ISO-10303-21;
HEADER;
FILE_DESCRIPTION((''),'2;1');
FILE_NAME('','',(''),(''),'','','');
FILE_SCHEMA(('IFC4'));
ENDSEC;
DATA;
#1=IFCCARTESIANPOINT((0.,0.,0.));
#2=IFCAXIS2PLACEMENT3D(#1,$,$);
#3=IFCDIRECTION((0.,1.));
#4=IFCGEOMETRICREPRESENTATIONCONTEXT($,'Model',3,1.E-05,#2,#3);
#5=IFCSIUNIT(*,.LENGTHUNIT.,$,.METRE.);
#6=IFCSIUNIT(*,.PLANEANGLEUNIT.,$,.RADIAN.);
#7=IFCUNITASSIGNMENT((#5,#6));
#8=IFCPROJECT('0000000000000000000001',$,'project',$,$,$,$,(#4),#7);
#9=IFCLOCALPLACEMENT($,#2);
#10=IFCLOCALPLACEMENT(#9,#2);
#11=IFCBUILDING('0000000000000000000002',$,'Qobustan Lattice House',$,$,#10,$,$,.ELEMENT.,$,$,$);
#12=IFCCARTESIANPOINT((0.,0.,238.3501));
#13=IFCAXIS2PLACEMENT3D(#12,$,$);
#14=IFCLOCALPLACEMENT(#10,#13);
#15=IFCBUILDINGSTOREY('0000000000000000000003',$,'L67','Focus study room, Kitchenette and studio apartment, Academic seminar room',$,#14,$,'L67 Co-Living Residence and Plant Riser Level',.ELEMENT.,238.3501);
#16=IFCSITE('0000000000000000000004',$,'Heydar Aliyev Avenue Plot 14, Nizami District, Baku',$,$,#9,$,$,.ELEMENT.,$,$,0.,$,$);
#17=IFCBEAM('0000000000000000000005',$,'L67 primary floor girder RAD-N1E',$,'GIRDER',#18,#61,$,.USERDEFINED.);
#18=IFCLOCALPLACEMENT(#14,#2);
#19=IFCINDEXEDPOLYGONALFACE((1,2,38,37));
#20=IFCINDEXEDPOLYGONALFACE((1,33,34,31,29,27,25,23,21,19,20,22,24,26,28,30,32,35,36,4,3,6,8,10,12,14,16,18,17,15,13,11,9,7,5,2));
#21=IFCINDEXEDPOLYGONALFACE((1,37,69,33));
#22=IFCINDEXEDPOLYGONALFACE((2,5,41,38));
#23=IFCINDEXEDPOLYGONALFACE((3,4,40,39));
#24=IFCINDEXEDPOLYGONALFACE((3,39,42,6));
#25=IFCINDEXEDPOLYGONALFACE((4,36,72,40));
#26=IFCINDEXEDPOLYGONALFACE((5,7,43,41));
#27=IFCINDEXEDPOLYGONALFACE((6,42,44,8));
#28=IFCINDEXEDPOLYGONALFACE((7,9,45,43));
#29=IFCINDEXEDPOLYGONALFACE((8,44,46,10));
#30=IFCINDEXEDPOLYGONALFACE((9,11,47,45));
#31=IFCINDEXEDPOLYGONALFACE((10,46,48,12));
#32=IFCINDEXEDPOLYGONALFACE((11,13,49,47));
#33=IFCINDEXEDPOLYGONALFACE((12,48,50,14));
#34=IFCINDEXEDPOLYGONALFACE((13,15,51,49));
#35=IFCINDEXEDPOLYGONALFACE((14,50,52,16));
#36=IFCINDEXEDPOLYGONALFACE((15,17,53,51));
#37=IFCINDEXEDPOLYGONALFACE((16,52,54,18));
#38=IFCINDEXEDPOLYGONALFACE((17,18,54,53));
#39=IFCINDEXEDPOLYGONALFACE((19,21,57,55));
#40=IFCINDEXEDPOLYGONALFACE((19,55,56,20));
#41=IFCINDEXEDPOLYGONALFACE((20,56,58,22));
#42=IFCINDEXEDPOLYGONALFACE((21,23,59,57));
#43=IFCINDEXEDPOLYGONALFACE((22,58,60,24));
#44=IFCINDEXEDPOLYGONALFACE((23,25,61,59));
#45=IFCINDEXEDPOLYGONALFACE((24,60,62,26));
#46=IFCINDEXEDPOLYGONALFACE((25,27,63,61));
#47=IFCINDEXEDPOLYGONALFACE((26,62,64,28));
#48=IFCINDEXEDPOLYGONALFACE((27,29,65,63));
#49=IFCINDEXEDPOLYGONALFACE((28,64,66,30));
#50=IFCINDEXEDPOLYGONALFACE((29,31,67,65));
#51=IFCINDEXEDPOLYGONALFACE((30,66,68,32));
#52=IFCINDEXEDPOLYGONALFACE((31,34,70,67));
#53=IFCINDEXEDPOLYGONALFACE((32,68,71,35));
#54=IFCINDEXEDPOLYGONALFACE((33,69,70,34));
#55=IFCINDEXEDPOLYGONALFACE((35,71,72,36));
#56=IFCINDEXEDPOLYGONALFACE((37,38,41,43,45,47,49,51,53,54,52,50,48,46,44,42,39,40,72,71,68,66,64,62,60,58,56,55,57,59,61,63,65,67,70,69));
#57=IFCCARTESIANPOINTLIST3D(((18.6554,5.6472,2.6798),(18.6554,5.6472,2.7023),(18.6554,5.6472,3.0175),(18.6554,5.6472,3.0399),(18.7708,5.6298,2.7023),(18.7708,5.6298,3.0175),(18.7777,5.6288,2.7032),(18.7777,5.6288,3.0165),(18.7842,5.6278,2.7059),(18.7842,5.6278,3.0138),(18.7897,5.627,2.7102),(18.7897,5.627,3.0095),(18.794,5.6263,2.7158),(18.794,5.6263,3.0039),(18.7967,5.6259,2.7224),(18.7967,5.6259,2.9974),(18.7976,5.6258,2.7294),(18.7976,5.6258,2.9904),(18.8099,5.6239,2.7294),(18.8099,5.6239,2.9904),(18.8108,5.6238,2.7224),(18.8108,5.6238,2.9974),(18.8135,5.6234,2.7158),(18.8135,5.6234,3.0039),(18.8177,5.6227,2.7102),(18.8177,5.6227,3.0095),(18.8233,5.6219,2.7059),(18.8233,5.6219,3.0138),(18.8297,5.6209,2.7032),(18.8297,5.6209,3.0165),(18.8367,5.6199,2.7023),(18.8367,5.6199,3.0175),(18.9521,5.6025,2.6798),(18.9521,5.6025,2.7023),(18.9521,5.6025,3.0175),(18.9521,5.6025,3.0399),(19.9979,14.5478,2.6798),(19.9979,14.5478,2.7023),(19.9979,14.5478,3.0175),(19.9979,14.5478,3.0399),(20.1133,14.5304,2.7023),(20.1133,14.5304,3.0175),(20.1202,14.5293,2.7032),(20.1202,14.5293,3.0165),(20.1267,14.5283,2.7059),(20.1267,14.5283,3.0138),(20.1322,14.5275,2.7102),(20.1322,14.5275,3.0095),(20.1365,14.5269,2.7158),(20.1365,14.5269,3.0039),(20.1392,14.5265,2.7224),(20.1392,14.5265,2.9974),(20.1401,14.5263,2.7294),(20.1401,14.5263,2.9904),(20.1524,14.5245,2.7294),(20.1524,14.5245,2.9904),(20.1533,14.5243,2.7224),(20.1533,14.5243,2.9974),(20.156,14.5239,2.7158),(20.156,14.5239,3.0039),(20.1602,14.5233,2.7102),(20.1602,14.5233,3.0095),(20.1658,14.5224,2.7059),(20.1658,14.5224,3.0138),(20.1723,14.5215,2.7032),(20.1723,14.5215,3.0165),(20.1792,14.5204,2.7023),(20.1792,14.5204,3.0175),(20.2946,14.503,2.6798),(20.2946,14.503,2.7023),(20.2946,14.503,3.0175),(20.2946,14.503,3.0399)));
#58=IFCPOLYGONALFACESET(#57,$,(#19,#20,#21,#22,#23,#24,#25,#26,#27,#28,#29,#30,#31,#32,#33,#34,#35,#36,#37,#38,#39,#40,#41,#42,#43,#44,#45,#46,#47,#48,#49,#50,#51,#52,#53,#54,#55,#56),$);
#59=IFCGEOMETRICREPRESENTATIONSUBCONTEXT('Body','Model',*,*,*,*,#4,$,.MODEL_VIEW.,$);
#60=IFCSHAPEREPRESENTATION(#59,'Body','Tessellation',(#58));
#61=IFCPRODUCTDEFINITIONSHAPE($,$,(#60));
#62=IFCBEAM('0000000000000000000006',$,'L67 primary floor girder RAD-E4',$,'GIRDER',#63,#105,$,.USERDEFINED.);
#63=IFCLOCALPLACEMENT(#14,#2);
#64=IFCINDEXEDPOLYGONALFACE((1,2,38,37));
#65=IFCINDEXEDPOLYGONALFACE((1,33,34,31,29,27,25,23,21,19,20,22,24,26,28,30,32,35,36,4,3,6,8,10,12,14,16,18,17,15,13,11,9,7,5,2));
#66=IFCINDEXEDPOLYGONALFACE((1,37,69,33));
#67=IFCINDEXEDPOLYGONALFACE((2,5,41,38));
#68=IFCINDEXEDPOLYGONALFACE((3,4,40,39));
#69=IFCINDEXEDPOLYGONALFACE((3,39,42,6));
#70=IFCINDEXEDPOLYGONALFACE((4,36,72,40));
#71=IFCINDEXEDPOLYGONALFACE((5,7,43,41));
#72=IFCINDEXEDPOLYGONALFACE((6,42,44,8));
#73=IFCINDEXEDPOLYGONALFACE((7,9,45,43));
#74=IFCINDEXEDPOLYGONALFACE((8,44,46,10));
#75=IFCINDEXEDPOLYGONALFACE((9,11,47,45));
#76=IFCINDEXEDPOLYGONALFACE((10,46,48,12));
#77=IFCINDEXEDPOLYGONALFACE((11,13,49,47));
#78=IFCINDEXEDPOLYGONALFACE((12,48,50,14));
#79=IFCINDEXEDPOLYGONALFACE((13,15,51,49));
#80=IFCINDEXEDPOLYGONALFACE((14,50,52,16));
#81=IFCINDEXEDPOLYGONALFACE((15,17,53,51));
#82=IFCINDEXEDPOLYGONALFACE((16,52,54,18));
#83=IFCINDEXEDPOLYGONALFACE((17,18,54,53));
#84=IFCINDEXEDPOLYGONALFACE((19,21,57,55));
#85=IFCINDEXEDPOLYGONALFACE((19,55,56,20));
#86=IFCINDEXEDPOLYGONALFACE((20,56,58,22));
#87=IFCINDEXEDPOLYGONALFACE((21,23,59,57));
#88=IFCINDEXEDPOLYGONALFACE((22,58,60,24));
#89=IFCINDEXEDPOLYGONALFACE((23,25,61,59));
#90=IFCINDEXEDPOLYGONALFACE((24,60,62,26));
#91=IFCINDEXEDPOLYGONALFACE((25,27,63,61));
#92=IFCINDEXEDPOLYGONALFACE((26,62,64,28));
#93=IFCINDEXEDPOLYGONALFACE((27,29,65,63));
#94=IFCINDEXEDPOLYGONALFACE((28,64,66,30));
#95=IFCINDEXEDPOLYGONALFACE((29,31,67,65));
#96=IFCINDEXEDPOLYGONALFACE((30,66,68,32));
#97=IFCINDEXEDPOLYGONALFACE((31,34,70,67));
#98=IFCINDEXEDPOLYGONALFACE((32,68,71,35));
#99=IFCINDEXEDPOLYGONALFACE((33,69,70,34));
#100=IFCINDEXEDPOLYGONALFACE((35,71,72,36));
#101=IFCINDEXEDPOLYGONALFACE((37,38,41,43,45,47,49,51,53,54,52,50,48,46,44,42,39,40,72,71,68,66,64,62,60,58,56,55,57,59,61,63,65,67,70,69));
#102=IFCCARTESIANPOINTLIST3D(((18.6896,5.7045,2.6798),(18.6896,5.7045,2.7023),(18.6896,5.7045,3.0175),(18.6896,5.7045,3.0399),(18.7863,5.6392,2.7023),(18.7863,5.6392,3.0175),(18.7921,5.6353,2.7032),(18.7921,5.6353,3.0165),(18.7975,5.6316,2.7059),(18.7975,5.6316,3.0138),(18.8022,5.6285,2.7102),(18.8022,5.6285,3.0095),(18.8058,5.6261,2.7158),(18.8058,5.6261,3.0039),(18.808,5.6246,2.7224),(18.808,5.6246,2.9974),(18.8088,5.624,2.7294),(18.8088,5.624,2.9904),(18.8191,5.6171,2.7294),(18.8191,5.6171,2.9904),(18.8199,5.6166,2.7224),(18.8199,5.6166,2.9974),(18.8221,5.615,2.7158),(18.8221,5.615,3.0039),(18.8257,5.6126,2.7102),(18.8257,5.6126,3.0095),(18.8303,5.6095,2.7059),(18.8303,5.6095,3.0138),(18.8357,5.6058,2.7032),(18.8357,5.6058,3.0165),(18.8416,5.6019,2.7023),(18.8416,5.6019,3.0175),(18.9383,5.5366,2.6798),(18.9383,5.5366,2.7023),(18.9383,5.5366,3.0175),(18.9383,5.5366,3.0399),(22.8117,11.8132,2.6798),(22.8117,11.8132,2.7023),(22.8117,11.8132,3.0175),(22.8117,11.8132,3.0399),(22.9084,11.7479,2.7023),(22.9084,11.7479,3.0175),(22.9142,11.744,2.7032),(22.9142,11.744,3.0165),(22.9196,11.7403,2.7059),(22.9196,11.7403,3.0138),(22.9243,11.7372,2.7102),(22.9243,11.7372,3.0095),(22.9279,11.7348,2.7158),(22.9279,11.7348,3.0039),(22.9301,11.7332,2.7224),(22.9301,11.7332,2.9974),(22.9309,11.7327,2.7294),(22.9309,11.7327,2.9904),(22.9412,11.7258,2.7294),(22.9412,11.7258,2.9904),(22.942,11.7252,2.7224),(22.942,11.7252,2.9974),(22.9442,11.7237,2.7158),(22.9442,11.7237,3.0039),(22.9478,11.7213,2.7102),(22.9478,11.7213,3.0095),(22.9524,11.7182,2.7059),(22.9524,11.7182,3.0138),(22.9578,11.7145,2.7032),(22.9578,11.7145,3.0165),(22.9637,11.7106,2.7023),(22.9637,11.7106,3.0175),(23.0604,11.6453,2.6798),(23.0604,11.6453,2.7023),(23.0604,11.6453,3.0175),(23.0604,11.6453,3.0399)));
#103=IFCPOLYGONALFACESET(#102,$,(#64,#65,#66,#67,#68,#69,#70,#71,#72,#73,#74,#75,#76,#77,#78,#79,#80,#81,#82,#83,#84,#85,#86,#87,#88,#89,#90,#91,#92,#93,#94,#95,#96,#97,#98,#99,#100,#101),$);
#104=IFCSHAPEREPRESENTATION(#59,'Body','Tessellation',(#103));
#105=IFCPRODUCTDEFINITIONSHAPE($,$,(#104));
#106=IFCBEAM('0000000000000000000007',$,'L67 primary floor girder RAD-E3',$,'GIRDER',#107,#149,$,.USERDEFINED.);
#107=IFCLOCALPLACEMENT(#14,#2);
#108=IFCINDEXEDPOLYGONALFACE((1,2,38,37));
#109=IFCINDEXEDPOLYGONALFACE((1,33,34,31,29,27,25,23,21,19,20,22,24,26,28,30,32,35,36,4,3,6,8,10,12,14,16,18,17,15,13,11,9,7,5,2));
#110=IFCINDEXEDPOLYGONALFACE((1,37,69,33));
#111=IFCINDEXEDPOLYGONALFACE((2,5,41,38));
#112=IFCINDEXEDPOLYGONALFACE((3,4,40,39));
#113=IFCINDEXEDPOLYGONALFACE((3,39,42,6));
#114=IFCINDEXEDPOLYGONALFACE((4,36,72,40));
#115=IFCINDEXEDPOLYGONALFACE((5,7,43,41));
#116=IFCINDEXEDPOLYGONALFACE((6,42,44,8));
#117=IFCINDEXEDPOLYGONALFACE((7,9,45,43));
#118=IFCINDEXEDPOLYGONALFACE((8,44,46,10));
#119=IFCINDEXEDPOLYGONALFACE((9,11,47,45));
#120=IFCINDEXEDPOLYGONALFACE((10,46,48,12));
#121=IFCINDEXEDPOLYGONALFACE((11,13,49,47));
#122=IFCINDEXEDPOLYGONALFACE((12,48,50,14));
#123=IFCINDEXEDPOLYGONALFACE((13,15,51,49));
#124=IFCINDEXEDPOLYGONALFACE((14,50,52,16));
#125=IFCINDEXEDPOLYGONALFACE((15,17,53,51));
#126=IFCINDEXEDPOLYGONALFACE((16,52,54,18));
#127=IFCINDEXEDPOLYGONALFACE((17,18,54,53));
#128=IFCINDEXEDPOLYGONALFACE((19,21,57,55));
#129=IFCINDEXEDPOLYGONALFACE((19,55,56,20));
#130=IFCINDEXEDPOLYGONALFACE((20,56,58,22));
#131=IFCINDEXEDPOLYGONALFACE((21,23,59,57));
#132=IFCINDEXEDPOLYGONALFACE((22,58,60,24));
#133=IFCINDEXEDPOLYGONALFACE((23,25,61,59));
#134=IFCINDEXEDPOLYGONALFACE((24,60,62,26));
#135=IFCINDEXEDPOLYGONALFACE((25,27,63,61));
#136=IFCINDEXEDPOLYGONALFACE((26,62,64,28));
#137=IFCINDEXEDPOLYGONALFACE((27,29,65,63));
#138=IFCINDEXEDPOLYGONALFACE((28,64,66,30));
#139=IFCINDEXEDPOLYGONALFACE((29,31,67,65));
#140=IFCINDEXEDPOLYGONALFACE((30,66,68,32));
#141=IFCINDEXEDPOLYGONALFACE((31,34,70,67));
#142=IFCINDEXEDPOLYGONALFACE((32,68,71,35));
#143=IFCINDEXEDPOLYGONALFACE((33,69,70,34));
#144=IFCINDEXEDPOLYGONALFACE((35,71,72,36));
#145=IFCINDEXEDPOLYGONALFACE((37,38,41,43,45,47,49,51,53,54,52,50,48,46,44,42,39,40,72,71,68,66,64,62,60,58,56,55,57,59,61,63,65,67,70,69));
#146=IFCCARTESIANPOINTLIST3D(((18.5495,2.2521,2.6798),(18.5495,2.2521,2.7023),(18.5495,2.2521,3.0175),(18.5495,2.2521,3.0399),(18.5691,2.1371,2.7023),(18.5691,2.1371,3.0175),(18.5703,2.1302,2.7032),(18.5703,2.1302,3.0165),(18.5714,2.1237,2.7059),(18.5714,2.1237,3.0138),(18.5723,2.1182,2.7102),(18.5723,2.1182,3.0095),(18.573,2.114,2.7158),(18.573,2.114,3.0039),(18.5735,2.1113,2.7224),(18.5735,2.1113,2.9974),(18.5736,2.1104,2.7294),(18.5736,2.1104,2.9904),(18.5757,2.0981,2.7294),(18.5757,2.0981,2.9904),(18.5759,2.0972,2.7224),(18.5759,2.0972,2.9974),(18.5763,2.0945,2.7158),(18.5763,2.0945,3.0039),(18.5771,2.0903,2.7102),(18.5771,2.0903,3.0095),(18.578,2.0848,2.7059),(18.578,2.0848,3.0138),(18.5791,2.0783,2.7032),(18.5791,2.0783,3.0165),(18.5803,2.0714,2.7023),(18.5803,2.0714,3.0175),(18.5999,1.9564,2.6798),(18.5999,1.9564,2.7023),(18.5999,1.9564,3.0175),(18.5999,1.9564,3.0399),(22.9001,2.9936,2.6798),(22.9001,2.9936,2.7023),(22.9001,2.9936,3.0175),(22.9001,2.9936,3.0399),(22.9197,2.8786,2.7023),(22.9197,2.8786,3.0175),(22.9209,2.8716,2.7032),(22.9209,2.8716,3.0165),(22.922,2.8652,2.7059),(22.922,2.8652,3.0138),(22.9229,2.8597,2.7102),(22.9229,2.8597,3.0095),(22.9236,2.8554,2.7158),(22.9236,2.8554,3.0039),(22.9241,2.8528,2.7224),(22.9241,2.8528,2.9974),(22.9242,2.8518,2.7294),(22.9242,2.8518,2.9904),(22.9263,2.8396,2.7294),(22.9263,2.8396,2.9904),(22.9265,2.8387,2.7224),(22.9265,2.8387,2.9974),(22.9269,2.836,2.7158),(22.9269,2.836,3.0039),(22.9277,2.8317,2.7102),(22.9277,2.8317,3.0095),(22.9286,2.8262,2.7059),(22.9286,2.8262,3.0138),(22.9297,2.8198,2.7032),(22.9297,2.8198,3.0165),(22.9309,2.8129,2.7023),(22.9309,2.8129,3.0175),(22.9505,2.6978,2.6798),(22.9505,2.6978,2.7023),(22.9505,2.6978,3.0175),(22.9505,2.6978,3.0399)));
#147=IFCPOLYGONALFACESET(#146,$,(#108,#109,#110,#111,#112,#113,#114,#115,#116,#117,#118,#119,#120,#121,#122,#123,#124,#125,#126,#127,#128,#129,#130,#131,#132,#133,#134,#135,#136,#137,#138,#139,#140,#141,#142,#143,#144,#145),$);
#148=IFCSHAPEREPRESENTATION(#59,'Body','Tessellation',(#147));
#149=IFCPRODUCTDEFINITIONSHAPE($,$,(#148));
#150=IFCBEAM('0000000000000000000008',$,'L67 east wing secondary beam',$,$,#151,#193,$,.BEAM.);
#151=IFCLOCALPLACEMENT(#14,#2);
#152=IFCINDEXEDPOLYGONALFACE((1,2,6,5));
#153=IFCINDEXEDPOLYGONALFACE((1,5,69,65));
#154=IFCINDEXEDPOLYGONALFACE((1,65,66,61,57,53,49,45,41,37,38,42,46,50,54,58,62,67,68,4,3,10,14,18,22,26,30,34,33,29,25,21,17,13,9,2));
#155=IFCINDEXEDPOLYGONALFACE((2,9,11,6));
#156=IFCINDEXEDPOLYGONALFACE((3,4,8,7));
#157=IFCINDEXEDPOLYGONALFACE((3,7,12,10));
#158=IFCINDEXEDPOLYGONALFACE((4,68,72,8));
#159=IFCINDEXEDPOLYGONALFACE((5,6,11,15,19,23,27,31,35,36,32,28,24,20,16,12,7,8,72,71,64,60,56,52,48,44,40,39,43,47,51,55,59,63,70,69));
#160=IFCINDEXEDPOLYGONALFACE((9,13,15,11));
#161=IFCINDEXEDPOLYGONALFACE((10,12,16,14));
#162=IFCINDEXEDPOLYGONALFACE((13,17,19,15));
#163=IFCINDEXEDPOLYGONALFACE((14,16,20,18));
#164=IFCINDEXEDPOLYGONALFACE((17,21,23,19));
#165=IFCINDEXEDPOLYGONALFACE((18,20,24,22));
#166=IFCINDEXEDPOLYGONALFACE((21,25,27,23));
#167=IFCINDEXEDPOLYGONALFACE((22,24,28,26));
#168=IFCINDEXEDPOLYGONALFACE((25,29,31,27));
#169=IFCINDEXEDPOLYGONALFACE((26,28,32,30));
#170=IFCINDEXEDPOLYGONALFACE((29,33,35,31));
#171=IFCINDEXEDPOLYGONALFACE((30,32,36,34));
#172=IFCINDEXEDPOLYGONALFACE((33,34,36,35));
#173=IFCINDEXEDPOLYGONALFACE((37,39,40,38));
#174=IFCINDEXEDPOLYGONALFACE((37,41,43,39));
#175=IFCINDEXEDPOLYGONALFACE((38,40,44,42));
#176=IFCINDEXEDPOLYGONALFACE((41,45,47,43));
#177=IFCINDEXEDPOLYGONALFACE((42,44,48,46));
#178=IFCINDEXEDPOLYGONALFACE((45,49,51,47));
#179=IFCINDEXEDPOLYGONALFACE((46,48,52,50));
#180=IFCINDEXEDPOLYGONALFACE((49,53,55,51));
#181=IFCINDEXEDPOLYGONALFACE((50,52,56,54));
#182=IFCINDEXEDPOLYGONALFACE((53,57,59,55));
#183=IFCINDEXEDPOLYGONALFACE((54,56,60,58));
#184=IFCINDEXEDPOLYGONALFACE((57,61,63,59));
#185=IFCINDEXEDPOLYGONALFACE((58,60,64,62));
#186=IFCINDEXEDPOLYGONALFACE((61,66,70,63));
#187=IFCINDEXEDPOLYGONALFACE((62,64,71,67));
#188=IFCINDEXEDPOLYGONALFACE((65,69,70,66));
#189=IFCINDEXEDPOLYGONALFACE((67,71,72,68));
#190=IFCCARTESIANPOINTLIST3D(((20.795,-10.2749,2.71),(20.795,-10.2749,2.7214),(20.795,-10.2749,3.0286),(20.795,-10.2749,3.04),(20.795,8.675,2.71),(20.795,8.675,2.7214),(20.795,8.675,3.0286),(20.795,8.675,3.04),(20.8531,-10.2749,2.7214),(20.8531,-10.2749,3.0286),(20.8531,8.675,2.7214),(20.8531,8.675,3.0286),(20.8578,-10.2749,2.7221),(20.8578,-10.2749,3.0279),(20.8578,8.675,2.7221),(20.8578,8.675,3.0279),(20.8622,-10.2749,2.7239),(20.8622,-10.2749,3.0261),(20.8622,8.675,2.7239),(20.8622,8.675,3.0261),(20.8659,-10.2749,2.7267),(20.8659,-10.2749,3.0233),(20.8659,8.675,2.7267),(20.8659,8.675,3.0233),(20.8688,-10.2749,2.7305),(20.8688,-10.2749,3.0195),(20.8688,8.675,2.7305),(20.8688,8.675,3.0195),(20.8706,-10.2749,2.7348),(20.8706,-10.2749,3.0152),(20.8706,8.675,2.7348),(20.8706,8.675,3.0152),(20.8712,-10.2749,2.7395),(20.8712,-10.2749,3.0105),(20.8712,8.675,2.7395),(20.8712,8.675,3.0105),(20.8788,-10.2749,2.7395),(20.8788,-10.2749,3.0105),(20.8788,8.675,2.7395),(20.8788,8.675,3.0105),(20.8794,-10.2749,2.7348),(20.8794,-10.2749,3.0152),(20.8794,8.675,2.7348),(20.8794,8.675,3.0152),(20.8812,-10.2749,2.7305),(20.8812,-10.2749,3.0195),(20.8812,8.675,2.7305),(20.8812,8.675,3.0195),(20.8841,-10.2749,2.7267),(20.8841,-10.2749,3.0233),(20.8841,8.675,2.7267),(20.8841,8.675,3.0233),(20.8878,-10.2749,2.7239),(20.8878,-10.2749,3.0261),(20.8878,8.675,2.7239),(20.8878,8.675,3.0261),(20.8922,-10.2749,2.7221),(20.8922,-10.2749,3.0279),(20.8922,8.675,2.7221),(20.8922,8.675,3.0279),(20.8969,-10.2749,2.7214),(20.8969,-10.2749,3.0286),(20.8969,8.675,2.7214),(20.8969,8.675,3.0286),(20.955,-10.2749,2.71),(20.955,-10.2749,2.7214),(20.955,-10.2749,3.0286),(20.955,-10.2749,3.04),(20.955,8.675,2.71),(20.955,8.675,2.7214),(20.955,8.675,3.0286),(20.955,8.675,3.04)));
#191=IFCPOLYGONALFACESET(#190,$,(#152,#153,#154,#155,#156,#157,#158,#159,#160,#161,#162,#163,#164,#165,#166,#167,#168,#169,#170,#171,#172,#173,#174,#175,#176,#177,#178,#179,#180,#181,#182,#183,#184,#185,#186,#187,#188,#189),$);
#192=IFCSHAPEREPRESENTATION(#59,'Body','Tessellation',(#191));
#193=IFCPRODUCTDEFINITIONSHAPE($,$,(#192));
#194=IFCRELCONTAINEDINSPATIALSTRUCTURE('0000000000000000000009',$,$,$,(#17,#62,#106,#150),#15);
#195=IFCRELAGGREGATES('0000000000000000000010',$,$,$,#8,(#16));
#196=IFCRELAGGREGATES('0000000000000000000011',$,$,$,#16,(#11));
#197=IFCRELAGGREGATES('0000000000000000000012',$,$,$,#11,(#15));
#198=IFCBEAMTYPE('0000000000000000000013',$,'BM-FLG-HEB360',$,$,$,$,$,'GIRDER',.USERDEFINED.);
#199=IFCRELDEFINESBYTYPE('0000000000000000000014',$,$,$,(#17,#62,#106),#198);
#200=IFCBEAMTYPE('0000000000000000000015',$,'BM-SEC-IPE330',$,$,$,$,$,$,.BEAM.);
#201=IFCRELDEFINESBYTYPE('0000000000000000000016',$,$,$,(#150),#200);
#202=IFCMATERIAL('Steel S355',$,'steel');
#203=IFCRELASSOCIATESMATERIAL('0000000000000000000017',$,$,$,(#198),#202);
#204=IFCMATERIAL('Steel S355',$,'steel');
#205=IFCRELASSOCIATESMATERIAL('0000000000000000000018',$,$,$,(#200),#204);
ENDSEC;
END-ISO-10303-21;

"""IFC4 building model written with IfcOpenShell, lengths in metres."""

from ifc_helpers import new_model, si_unit, direction, frame, origin, origin_2d, place, context, subcontext, project, spatial, i_section, extrude, material, material_profile, profile_set, type_object, element, save


model = new_model("IFC4")

# Units and contexts
model_context = context("Model", 3, precision=1e-05, world=origin(), true_north=direction((0.0, 1.0)))
body_context = subcontext(model_context, "Body", "Model", "MODEL_VIEW")
ifc_project = project(units=[si_unit("LENGTHUNIT", "METRE"), si_unit("PLANEANGLEUNIT", "RADIAN")], contexts=[model_context])

# Site, building, storey
site_placement = place(None, origin())
site = spatial("IfcSite", under=ifc_project, at=site_placement, Name="Heydar Aliyev Avenue Plot 14, Nizami District, Baku", CompositionType="ELEMENT", RefElevation=0.0)
building_placement = place(site_placement, origin())
building = spatial("IfcBuilding", under=site, at=building_placement, Name="Qobustan Lattice House", CompositionType="ELEMENT")
storey_placement = place(building_placement, frame((0.0, 0.0, 238.3501)))
storey = spatial("IfcBuildingStorey", under=building, at=storey_placement, Name="L67", Description="Focus study room, Kitchenette and studio apartment, Academic seminar room", LongName="L67 Co-Living Residence and Plant Riser Level", CompositionType="ELEMENT", Elevation=238.3501)

# Beams
ifc_material_1 = material(Name="Steel S355", Category="steel")
ifc_material_profile_1 = material_profile(ifc_material_1, i_section(OverallWidth=0.3, OverallDepth=0.3601, WebThickness=0.0125, FlangeThickness=0.0225, FilletRadius=0.0271, at=origin_2d()), Name="HEB360")
ifc_profile_set_1 = profile_set([ifc_material_profile_1], Name="Steel S355")
beam_type_1 = type_object("IfcBeamType", Name="BM-FLG-HEB360", ElementType="GIRDER", PredefinedType="USERDEFINED", material=ifc_profile_set_1)
beam_1_placement = place(storey_placement, frame((20.1462, 14.5254, 2.8599), z_axis=(-0.149148, -0.988815, 0.0), x_axis=(0.988815, -0.149148, 0.0)))
element("IfcBeam", 1, at=beam_1_placement, inside=storey, type_object=beam_type_1, Name="L67 primary floor girder RAD-N1E", ObjectType="GIRDER", PredefinedType="USERDEFINED", context=body_context, shape_type="SweptSolid", body=[
    extrude(i_section(OverallWidth=0.3, OverallDepth=0.3601, WebThickness=0.0125, FlangeThickness=0.0225, FilletRadius=0.0271, at=origin_2d()), origin(), (0.0, 0.0, 1.0), 9.0012),
])
beam_2_placement = place(storey_placement, frame((22.936, 11.7292, 2.8599), z_axis=(-0.559355, -0.828928, 0.0), x_axis=(0.828928, -0.559355, 0.0)))
element("IfcBeam", 2, at=beam_2_placement, inside=storey, type_object=beam_type_1, Name="L67 primary floor girder RAD-E4", ObjectType="GIRDER", PredefinedType="USERDEFINED", context=body_context, shape_type="SweptSolid", body=[
    extrude(i_section(OverallWidth=0.3, OverallDepth=0.3601, WebThickness=0.0125, FlangeThickness=0.0225, FilletRadius=0.0271, at=origin_2d()), origin(), (0.0, 0.0, 1.0), 7.3694),
])
beam_3_placement = place(storey_placement, frame((22.9253, 2.8457, 2.8599), z_axis=(-0.985786, -0.168004, 0.0), x_axis=(0.168004, -0.985786, 0.0)))
element("IfcBeam", 3, at=beam_3_placement, inside=storey, type_object=beam_type_1, Name="L67 primary floor girder RAD-E3", ObjectType="GIRDER", PredefinedType="USERDEFINED", context=body_context, shape_type="SweptSolid", body=[
    extrude(i_section(OverallWidth=0.3, OverallDepth=0.3601, WebThickness=0.0125, FlangeThickness=0.0225, FilletRadius=0.0271, at=origin_2d()), origin(), (0.0, 0.0, 1.0), 4.4133),
])
ifc_material_2 = material(Name="Steel S355", Category="steel")
ifc_material_profile_2 = material_profile(ifc_material_2, i_section(OverallWidth=0.1599, OverallDepth=0.3301, WebThickness=0.0076, FlangeThickness=0.0115, FilletRadius=0.0181, at=origin_2d()), Name="IPE330")
ifc_profile_set_2 = profile_set([ifc_material_profile_2], Name="Steel S355")
beam_type_2 = type_object("IfcBeamType", Name="BM-SEC-IPE330", PredefinedType="BEAM", material=ifc_profile_set_2)
beam_4_placement = place(storey_placement, frame((20.875, 8.675, 2.875), z_axis=(0.0, -1.0, 0.0), x_axis=(1.0, 0.0, 0.0)))
element("IfcBeam", 4, at=beam_4_placement, inside=storey, type_object=beam_type_2, Name="L67 east wing secondary beam", PredefinedType="BEAM", context=body_context, shape_type="SweptSolid", body=[
    extrude(i_section(OverallWidth=0.1599, OverallDepth=0.3301, WebThickness=0.0076, FlangeThickness=0.0115, FilletRadius=0.0181, at=origin_2d()), origin(), (0.0, 0.0, 1.0), 18.95),
])

save(model, "model.ifc")
